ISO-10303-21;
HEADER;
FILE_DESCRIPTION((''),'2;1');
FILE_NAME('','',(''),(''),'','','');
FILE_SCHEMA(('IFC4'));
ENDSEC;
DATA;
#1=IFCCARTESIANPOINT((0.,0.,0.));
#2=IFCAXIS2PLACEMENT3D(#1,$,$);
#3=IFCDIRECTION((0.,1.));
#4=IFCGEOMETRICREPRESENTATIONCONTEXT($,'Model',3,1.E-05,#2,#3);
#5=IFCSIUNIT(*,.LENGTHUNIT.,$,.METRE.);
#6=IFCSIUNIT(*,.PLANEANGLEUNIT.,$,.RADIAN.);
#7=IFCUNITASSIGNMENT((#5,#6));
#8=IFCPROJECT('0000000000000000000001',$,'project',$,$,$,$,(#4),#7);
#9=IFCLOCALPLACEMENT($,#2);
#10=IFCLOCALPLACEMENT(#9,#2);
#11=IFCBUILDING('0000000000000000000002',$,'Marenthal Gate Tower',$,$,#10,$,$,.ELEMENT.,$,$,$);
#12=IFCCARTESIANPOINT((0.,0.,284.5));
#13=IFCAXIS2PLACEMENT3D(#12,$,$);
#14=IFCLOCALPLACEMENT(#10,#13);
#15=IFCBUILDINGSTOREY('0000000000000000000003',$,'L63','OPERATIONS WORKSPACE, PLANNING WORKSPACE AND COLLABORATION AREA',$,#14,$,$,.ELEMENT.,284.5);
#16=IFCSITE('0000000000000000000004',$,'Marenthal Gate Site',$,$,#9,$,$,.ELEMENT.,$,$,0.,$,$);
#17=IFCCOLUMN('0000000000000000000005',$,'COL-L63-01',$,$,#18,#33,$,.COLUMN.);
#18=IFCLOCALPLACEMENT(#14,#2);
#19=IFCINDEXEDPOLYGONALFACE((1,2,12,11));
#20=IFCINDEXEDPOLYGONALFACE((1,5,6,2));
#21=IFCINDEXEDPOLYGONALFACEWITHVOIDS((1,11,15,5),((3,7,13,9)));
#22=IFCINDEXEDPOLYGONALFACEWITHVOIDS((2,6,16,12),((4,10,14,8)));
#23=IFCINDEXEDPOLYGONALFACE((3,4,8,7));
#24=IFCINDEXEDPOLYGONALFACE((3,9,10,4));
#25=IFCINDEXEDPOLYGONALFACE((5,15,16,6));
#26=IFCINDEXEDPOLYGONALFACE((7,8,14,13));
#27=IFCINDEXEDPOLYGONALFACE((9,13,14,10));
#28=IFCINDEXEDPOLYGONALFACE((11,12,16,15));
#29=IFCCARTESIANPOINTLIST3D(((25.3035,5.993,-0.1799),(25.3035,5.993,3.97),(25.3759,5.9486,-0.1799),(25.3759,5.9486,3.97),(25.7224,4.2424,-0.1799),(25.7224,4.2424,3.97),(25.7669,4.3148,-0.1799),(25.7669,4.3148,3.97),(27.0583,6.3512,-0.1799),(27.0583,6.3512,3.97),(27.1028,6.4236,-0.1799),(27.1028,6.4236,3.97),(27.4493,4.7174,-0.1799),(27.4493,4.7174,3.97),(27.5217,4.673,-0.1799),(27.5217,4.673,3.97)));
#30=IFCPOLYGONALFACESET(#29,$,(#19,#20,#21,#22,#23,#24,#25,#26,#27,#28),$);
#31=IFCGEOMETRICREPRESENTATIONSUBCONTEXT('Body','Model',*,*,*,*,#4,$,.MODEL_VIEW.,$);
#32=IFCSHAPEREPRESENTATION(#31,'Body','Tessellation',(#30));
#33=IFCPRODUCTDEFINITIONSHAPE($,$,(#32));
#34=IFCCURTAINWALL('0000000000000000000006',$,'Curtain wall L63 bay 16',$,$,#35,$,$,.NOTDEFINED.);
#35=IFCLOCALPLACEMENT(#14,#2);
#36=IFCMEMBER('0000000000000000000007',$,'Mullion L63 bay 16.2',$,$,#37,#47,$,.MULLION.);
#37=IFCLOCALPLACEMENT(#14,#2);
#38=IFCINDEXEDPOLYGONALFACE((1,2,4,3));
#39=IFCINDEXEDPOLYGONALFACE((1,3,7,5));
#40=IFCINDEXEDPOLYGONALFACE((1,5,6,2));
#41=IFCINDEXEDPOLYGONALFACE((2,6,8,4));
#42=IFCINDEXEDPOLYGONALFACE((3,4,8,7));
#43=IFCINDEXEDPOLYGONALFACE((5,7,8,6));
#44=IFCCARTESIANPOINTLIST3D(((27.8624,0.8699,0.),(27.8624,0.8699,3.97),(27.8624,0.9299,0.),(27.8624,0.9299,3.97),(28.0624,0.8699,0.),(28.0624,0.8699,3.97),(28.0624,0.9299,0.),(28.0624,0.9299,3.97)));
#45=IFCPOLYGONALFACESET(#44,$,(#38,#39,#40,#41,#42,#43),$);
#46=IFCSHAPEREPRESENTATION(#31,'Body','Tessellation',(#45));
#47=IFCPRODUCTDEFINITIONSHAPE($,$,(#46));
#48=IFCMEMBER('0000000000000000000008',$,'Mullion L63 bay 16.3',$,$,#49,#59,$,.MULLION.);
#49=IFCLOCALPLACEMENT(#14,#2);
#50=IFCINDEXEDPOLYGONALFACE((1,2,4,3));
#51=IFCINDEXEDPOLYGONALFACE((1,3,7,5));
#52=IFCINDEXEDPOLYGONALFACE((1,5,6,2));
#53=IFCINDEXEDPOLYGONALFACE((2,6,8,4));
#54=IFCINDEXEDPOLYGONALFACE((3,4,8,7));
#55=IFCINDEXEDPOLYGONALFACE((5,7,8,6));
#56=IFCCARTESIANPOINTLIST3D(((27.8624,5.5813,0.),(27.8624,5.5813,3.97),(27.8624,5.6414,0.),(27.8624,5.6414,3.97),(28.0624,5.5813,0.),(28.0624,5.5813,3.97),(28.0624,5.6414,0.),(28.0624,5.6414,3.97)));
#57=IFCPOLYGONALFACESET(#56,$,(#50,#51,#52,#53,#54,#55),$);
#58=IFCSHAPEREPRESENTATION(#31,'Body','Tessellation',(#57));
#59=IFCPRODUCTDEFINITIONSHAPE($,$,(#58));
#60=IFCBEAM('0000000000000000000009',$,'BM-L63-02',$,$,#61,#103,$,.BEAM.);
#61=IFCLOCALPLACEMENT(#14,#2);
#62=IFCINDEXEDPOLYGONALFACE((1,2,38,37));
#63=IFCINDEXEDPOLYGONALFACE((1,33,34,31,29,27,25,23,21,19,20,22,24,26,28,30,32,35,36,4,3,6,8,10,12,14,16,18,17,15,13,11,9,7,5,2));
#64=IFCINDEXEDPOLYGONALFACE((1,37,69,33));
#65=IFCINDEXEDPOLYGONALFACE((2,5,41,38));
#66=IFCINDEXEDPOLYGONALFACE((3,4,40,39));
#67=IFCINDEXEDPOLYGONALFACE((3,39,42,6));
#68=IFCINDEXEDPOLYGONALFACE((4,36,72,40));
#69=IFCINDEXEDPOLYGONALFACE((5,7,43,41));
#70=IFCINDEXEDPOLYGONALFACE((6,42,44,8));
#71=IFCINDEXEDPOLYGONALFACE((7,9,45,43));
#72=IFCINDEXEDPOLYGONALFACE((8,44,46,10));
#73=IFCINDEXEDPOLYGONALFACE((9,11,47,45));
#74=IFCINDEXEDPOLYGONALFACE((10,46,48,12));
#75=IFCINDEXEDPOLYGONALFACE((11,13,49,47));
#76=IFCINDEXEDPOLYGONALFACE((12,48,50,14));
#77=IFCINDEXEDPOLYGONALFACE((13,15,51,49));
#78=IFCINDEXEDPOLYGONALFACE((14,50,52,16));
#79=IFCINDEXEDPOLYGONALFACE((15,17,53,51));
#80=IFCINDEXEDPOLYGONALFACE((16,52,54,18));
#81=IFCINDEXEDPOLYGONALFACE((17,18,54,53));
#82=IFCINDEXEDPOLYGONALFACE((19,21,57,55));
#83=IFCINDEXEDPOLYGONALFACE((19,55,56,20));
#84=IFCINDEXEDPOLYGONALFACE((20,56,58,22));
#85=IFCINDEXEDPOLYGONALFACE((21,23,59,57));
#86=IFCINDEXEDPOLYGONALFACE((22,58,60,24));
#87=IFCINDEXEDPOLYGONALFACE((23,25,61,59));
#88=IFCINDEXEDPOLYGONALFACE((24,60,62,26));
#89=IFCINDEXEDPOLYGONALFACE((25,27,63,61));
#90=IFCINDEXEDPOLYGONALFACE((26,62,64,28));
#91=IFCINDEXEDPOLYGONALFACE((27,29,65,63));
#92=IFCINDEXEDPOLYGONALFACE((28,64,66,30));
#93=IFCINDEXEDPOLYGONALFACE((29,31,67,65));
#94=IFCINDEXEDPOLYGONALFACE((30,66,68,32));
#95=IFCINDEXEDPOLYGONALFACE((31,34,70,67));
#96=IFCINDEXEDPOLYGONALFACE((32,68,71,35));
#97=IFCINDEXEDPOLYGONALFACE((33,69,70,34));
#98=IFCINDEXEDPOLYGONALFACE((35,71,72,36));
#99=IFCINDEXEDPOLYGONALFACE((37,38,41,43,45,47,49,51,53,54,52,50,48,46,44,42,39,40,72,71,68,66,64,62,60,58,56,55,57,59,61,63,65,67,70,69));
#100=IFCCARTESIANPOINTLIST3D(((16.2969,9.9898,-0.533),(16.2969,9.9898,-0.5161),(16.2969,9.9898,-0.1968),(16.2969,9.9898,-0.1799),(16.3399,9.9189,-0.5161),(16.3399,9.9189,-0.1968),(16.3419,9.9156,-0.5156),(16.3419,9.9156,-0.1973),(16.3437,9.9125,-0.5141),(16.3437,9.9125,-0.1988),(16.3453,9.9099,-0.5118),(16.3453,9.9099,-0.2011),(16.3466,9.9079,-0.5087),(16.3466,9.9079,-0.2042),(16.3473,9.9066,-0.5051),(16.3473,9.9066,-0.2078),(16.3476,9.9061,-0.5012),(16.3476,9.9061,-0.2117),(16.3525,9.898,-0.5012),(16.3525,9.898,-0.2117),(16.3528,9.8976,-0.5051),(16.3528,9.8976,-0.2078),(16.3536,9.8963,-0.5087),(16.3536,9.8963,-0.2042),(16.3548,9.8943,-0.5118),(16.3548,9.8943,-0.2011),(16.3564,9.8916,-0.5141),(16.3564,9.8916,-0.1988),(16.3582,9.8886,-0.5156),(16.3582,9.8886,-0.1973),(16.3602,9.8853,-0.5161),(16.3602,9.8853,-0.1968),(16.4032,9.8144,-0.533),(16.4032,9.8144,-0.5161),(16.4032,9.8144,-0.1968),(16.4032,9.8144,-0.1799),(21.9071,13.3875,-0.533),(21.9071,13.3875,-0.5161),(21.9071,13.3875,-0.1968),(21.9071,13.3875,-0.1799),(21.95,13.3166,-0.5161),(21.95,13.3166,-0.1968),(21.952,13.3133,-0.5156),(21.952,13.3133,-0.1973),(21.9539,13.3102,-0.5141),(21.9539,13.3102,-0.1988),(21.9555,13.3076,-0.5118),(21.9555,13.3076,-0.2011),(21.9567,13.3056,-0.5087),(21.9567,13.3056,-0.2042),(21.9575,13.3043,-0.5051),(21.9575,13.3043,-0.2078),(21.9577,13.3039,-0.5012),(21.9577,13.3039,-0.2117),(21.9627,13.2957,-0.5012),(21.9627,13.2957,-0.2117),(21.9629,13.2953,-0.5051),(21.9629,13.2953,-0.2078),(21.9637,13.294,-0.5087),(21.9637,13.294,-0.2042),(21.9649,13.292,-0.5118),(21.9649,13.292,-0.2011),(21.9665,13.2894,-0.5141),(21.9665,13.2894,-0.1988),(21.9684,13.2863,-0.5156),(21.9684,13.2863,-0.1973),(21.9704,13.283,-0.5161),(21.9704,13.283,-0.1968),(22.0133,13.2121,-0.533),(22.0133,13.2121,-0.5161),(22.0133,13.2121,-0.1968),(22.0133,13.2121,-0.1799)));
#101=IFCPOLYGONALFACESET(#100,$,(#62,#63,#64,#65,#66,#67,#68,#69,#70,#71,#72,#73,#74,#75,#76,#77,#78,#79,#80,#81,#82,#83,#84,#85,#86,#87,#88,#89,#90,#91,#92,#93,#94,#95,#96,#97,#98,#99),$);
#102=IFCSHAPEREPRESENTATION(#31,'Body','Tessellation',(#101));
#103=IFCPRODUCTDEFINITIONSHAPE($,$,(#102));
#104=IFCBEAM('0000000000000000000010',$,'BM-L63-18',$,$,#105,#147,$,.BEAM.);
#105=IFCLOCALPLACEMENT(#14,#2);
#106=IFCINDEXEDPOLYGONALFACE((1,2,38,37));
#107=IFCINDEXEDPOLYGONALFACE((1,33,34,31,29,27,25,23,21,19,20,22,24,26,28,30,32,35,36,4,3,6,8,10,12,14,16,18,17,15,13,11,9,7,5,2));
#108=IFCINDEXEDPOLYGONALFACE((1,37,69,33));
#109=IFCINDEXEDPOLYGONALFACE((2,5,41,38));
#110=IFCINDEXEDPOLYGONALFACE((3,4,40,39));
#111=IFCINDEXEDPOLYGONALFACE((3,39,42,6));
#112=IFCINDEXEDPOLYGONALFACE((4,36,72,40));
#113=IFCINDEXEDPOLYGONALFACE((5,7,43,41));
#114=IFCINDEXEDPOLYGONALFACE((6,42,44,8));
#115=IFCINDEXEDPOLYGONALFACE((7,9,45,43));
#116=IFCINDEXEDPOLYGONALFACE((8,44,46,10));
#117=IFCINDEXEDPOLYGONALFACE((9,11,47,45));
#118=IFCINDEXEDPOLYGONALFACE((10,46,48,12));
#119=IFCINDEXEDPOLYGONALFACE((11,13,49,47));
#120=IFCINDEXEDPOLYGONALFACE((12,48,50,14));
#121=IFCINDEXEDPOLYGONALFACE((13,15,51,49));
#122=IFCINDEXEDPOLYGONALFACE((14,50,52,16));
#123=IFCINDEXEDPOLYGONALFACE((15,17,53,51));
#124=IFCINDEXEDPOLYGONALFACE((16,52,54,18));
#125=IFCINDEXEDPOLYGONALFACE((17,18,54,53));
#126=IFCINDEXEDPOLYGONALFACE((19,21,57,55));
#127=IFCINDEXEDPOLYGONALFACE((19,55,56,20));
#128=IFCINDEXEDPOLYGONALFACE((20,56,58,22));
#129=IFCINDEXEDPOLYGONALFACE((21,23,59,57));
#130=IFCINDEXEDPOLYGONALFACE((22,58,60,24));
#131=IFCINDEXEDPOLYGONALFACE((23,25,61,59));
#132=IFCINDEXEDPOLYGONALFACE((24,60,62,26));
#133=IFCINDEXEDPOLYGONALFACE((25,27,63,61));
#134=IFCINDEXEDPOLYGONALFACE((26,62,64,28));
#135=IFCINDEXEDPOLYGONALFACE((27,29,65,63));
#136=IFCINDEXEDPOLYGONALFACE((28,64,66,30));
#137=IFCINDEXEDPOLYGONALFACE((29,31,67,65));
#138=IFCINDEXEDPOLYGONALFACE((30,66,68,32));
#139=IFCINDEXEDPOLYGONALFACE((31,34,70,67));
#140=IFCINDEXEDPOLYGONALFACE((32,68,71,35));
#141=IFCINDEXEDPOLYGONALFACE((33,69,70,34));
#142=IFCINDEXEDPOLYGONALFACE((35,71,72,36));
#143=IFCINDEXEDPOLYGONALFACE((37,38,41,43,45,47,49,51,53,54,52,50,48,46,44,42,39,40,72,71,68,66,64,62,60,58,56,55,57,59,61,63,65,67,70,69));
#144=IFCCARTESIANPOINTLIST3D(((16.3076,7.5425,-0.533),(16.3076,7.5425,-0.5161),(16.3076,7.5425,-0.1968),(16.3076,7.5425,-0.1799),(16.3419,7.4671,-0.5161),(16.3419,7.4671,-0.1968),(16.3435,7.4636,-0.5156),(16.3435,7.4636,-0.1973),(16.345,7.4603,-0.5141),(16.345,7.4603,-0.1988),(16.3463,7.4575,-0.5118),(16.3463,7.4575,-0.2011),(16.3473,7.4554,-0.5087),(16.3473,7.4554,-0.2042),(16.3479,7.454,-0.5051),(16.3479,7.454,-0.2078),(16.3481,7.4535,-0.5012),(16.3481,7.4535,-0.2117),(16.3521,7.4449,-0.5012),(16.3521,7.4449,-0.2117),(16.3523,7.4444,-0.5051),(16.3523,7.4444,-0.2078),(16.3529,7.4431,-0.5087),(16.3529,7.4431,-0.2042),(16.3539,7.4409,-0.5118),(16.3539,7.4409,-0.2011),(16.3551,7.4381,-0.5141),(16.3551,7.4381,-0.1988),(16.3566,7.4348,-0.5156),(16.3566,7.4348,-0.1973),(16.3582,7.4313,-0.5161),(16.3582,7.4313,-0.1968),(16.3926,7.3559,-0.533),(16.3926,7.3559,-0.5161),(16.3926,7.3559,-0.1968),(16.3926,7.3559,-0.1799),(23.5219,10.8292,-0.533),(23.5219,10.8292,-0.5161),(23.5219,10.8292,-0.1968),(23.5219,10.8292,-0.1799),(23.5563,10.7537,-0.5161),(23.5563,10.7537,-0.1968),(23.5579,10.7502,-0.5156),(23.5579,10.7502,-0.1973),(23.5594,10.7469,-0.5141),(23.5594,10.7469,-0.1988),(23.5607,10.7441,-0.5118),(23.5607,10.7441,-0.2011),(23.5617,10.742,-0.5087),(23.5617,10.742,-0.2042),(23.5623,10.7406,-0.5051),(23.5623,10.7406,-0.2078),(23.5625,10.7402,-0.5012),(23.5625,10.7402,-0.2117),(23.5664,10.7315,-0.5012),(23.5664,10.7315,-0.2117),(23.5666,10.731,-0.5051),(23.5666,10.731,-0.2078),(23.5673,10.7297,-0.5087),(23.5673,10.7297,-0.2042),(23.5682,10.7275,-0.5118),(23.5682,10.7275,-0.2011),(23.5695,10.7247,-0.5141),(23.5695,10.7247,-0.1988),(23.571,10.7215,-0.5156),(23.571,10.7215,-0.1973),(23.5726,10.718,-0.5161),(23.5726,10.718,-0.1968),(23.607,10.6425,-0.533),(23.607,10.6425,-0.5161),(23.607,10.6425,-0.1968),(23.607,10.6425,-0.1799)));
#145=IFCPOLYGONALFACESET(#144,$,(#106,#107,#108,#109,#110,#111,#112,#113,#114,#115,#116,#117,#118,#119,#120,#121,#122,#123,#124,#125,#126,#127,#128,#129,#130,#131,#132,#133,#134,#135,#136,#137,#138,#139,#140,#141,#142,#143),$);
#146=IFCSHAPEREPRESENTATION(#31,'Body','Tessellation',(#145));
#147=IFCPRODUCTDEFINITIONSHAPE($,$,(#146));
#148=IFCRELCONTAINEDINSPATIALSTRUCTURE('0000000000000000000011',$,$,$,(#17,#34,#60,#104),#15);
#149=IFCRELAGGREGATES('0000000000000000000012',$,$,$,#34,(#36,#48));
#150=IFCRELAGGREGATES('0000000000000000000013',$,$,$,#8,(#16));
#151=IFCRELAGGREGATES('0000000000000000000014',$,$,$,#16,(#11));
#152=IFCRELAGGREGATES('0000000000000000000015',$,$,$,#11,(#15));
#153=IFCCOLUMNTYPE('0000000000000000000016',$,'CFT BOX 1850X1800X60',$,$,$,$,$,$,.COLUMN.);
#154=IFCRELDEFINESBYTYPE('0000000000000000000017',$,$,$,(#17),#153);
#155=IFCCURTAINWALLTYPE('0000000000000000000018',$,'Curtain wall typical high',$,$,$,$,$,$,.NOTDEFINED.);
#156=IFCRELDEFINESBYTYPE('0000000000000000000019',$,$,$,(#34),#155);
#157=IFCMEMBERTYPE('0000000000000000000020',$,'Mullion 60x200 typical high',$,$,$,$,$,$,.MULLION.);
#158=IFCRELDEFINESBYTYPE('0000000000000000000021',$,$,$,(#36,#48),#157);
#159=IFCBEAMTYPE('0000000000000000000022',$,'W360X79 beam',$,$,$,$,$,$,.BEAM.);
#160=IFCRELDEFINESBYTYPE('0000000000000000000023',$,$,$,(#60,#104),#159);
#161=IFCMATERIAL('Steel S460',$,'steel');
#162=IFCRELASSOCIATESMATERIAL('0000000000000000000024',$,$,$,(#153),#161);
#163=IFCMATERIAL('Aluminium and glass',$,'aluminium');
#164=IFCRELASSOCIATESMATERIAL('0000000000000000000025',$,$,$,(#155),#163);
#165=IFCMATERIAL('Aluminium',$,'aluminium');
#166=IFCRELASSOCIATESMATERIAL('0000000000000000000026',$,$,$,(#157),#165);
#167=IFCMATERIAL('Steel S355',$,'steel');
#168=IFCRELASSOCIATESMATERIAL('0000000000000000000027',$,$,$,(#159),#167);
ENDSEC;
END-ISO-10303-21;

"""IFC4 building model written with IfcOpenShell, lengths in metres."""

from ifc_helpers import new_model, si_unit, direction, frame, origin, origin_2d, place, context, subcontext, project, spatial, rectangle, hollow_rectangle, i_section, extrude, material, material_profile, profile_set, type_object, element, aggregate, save


model = new_model("IFC4")

# Units and contexts
model_context = context("Model", 3, precision=1e-05, world=origin(), true_north=direction((0.0, 1.0)))
body_context = subcontext(model_context, "Body", "Model", "MODEL_VIEW")
ifc_project = project(units=[si_unit("LENGTHUNIT", "METRE"), si_unit("PLANEANGLEUNIT", "RADIAN")], contexts=[model_context])

# Site, building, storey
site_placement = place(None, origin())
site = spatial("IfcSite", under=ifc_project, at=site_placement, Name="Marenthal Gate Site", CompositionType="ELEMENT", RefElevation=0.0)
building_placement = place(site_placement, origin())
building = spatial("IfcBuilding", under=site, at=building_placement, Name="Marenthal Gate Tower", CompositionType="ELEMENT")
storey_placement = place(building_placement, frame((0.0, 0.0, 284.5)))
storey = spatial("IfcBuildingStorey", under=building, at=storey_placement, Name="L63", Description="OPERATIONS WORKSPACE, PLANNING WORKSPACE AND COLLABORATION AREA", CompositionType="ELEMENT", Elevation=284.5)

# Column
ifc_material_1 = material(Name="Steel S460", Category="steel")
ifc_material_profile_1 = material_profile(ifc_material_1, hollow_rectangle(XDim=1.8, YDim=1.8501, WallThickness=0.0601, at=origin_2d()), Name="CFT BOX 1850X1800X60")
ifc_material_2 = material(Name="Concrete 70 MPa", Category="concrete")
ifc_material_profile_2 = material_profile(ifc_material_2, rectangle(XDim=1.6799, YDim=1.73, at=origin_2d()), Name="CFT BOX 1850X1800X60 INFILL")
ifc_profile_set_1 = profile_set([ifc_material_profile_1, ifc_material_profile_2], Name="Steel S460 shell, Concrete 70 MPa infill")
column_type = type_object("IfcColumnType", Name="CFT BOX 1850X1800X60", PredefinedType="COLUMN", material=ifc_profile_set_1)
column_placement = place(storey_placement, frame((26.4126, 5.333, -0.1799), z_axis=(0.0, 0.0, 1.0), x_axis=(0.232739, -0.972539, 0.0)))
element("IfcColumn", 1, at=column_placement, inside=storey, type_object=column_type, Name="COL-L63-01", PredefinedType="COLUMN", context=body_context, shape_type="SweptSolid", body=[
    extrude(hollow_rectangle(XDim=1.8, YDim=1.8501, WallThickness=0.0601, at=origin_2d()), origin(), (0.0, 0.0, 1.0), 4.1499),
])

# Curtain wall, members
ifc_material_3 = material(Name="Aluminium and glass", Category="aluminium")
curtain_wall_type = type_object("IfcCurtainWallType", Name="Curtain wall typical high", PredefinedType="NOTDEFINED", material=ifc_material_3)
curtain_wall_placement = place(storey_placement, origin())
curtain_wall = element("IfcCurtainWall", 2, at=curtain_wall_placement, inside=storey, type_object=curtain_wall_type, Name="Curtain wall L63 bay 16", PredefinedType="NOTDEFINED")
ifc_material_4 = material(Name="Aluminium", Category="aluminium")
ifc_material_profile_3 = material_profile(ifc_material_4, rectangle(XDim=0.2, YDim=0.0601, at=origin_2d()), Name="60x200 aluminium mullion")
ifc_profile_set_2 = profile_set([ifc_material_profile_3], Name="Aluminium")
member_type = type_object("IfcMemberType", Name="Mullion 60x200 typical high", PredefinedType="MULLION", material=ifc_profile_set_2)
member_1_placement = place(storey_placement, frame((27.9624, 0.8999, 0.0), z_axis=(0.0, 0.0, 1.0), x_axis=(-1.0, 0.0, 0.0)))
member_1 = element("IfcMember", 3, at=member_1_placement, type_object=member_type, Name="Mullion L63 bay 16.2", PredefinedType="MULLION", context=body_context, shape_type="SweptSolid", body=[
    extrude(rectangle(XDim=0.2, YDim=0.0601, at=origin_2d()), origin(), (0.0, 0.0, 1.0), 3.97),
])
member_2_placement = place(storey_placement, frame((27.9624, 5.6113, 0.0), z_axis=(0.0, 0.0, 1.0), x_axis=(-1.0, 0.0, 0.0)))
member_2 = element("IfcMember", 4, at=member_2_placement, type_object=member_type, Name="Mullion L63 bay 16.3", PredefinedType="MULLION", context=body_context, shape_type="SweptSolid", body=[
    extrude(rectangle(XDim=0.2, YDim=0.0601, at=origin_2d()), origin(), (0.0, 0.0, 1.0), 3.97),
])

# Beams
ifc_material_5 = material(Name="Steel S355", Category="steel")
ifc_material_profile_4 = material_profile(ifc_material_5, i_section(OverallWidth=0.2051, OverallDepth=0.353, WebThickness=0.0095, FlangeThickness=0.0168, FilletRadius=0.0149, at=origin_2d()), Name="W360X79")
ifc_profile_set_3 = profile_set([ifc_material_profile_4], Name="Steel S355")
beam_type_1 = type_object("IfcBeamType", Name="W360X79 beam", PredefinedType="BEAM", material=ifc_profile_set_3)
beam_1_placement = place(storey_placement, frame((21.9602, 13.2998, -0.3564), z_axis=(-0.855357, -0.518039, 0.0), x_axis=(0.518039, -0.855357, 0.0)))
element("IfcBeam", 5, at=beam_1_placement, inside=storey, type_object=beam_type_1, Name="BM-L63-02", PredefinedType="BEAM", context=body_context, shape_type="SweptSolid", body=[
    extrude(i_section(OverallWidth=0.2051, OverallDepth=0.353, WebThickness=0.0095, FlangeThickness=0.0168, FilletRadius=0.0149, at=origin_2d()), origin(), (0.0, 0.0, 1.0), 6.5588),
])
beam_2_placement = place(storey_placement, frame((23.5645, 10.7358, -0.3564), z_axis=(-0.910016, -0.414573, 0.0), x_axis=(0.414573, -0.910016, 0.0)))
element("IfcBeam", 6, at=beam_2_placement, inside=storey, type_object=beam_type_1, Name="BM-L63-18", PredefinedType="BEAM", context=body_context, shape_type="SweptSolid", body=[
    extrude(i_section(OverallWidth=0.2051, OverallDepth=0.353, WebThickness=0.0095, FlangeThickness=0.0168, FilletRadius=0.0149, at=origin_2d()), origin(), (0.0, 0.0, 1.0), 7.9277),
])

aggregate(curtain_wall, [member_1, member_2])

save(model, "model.ifc")
